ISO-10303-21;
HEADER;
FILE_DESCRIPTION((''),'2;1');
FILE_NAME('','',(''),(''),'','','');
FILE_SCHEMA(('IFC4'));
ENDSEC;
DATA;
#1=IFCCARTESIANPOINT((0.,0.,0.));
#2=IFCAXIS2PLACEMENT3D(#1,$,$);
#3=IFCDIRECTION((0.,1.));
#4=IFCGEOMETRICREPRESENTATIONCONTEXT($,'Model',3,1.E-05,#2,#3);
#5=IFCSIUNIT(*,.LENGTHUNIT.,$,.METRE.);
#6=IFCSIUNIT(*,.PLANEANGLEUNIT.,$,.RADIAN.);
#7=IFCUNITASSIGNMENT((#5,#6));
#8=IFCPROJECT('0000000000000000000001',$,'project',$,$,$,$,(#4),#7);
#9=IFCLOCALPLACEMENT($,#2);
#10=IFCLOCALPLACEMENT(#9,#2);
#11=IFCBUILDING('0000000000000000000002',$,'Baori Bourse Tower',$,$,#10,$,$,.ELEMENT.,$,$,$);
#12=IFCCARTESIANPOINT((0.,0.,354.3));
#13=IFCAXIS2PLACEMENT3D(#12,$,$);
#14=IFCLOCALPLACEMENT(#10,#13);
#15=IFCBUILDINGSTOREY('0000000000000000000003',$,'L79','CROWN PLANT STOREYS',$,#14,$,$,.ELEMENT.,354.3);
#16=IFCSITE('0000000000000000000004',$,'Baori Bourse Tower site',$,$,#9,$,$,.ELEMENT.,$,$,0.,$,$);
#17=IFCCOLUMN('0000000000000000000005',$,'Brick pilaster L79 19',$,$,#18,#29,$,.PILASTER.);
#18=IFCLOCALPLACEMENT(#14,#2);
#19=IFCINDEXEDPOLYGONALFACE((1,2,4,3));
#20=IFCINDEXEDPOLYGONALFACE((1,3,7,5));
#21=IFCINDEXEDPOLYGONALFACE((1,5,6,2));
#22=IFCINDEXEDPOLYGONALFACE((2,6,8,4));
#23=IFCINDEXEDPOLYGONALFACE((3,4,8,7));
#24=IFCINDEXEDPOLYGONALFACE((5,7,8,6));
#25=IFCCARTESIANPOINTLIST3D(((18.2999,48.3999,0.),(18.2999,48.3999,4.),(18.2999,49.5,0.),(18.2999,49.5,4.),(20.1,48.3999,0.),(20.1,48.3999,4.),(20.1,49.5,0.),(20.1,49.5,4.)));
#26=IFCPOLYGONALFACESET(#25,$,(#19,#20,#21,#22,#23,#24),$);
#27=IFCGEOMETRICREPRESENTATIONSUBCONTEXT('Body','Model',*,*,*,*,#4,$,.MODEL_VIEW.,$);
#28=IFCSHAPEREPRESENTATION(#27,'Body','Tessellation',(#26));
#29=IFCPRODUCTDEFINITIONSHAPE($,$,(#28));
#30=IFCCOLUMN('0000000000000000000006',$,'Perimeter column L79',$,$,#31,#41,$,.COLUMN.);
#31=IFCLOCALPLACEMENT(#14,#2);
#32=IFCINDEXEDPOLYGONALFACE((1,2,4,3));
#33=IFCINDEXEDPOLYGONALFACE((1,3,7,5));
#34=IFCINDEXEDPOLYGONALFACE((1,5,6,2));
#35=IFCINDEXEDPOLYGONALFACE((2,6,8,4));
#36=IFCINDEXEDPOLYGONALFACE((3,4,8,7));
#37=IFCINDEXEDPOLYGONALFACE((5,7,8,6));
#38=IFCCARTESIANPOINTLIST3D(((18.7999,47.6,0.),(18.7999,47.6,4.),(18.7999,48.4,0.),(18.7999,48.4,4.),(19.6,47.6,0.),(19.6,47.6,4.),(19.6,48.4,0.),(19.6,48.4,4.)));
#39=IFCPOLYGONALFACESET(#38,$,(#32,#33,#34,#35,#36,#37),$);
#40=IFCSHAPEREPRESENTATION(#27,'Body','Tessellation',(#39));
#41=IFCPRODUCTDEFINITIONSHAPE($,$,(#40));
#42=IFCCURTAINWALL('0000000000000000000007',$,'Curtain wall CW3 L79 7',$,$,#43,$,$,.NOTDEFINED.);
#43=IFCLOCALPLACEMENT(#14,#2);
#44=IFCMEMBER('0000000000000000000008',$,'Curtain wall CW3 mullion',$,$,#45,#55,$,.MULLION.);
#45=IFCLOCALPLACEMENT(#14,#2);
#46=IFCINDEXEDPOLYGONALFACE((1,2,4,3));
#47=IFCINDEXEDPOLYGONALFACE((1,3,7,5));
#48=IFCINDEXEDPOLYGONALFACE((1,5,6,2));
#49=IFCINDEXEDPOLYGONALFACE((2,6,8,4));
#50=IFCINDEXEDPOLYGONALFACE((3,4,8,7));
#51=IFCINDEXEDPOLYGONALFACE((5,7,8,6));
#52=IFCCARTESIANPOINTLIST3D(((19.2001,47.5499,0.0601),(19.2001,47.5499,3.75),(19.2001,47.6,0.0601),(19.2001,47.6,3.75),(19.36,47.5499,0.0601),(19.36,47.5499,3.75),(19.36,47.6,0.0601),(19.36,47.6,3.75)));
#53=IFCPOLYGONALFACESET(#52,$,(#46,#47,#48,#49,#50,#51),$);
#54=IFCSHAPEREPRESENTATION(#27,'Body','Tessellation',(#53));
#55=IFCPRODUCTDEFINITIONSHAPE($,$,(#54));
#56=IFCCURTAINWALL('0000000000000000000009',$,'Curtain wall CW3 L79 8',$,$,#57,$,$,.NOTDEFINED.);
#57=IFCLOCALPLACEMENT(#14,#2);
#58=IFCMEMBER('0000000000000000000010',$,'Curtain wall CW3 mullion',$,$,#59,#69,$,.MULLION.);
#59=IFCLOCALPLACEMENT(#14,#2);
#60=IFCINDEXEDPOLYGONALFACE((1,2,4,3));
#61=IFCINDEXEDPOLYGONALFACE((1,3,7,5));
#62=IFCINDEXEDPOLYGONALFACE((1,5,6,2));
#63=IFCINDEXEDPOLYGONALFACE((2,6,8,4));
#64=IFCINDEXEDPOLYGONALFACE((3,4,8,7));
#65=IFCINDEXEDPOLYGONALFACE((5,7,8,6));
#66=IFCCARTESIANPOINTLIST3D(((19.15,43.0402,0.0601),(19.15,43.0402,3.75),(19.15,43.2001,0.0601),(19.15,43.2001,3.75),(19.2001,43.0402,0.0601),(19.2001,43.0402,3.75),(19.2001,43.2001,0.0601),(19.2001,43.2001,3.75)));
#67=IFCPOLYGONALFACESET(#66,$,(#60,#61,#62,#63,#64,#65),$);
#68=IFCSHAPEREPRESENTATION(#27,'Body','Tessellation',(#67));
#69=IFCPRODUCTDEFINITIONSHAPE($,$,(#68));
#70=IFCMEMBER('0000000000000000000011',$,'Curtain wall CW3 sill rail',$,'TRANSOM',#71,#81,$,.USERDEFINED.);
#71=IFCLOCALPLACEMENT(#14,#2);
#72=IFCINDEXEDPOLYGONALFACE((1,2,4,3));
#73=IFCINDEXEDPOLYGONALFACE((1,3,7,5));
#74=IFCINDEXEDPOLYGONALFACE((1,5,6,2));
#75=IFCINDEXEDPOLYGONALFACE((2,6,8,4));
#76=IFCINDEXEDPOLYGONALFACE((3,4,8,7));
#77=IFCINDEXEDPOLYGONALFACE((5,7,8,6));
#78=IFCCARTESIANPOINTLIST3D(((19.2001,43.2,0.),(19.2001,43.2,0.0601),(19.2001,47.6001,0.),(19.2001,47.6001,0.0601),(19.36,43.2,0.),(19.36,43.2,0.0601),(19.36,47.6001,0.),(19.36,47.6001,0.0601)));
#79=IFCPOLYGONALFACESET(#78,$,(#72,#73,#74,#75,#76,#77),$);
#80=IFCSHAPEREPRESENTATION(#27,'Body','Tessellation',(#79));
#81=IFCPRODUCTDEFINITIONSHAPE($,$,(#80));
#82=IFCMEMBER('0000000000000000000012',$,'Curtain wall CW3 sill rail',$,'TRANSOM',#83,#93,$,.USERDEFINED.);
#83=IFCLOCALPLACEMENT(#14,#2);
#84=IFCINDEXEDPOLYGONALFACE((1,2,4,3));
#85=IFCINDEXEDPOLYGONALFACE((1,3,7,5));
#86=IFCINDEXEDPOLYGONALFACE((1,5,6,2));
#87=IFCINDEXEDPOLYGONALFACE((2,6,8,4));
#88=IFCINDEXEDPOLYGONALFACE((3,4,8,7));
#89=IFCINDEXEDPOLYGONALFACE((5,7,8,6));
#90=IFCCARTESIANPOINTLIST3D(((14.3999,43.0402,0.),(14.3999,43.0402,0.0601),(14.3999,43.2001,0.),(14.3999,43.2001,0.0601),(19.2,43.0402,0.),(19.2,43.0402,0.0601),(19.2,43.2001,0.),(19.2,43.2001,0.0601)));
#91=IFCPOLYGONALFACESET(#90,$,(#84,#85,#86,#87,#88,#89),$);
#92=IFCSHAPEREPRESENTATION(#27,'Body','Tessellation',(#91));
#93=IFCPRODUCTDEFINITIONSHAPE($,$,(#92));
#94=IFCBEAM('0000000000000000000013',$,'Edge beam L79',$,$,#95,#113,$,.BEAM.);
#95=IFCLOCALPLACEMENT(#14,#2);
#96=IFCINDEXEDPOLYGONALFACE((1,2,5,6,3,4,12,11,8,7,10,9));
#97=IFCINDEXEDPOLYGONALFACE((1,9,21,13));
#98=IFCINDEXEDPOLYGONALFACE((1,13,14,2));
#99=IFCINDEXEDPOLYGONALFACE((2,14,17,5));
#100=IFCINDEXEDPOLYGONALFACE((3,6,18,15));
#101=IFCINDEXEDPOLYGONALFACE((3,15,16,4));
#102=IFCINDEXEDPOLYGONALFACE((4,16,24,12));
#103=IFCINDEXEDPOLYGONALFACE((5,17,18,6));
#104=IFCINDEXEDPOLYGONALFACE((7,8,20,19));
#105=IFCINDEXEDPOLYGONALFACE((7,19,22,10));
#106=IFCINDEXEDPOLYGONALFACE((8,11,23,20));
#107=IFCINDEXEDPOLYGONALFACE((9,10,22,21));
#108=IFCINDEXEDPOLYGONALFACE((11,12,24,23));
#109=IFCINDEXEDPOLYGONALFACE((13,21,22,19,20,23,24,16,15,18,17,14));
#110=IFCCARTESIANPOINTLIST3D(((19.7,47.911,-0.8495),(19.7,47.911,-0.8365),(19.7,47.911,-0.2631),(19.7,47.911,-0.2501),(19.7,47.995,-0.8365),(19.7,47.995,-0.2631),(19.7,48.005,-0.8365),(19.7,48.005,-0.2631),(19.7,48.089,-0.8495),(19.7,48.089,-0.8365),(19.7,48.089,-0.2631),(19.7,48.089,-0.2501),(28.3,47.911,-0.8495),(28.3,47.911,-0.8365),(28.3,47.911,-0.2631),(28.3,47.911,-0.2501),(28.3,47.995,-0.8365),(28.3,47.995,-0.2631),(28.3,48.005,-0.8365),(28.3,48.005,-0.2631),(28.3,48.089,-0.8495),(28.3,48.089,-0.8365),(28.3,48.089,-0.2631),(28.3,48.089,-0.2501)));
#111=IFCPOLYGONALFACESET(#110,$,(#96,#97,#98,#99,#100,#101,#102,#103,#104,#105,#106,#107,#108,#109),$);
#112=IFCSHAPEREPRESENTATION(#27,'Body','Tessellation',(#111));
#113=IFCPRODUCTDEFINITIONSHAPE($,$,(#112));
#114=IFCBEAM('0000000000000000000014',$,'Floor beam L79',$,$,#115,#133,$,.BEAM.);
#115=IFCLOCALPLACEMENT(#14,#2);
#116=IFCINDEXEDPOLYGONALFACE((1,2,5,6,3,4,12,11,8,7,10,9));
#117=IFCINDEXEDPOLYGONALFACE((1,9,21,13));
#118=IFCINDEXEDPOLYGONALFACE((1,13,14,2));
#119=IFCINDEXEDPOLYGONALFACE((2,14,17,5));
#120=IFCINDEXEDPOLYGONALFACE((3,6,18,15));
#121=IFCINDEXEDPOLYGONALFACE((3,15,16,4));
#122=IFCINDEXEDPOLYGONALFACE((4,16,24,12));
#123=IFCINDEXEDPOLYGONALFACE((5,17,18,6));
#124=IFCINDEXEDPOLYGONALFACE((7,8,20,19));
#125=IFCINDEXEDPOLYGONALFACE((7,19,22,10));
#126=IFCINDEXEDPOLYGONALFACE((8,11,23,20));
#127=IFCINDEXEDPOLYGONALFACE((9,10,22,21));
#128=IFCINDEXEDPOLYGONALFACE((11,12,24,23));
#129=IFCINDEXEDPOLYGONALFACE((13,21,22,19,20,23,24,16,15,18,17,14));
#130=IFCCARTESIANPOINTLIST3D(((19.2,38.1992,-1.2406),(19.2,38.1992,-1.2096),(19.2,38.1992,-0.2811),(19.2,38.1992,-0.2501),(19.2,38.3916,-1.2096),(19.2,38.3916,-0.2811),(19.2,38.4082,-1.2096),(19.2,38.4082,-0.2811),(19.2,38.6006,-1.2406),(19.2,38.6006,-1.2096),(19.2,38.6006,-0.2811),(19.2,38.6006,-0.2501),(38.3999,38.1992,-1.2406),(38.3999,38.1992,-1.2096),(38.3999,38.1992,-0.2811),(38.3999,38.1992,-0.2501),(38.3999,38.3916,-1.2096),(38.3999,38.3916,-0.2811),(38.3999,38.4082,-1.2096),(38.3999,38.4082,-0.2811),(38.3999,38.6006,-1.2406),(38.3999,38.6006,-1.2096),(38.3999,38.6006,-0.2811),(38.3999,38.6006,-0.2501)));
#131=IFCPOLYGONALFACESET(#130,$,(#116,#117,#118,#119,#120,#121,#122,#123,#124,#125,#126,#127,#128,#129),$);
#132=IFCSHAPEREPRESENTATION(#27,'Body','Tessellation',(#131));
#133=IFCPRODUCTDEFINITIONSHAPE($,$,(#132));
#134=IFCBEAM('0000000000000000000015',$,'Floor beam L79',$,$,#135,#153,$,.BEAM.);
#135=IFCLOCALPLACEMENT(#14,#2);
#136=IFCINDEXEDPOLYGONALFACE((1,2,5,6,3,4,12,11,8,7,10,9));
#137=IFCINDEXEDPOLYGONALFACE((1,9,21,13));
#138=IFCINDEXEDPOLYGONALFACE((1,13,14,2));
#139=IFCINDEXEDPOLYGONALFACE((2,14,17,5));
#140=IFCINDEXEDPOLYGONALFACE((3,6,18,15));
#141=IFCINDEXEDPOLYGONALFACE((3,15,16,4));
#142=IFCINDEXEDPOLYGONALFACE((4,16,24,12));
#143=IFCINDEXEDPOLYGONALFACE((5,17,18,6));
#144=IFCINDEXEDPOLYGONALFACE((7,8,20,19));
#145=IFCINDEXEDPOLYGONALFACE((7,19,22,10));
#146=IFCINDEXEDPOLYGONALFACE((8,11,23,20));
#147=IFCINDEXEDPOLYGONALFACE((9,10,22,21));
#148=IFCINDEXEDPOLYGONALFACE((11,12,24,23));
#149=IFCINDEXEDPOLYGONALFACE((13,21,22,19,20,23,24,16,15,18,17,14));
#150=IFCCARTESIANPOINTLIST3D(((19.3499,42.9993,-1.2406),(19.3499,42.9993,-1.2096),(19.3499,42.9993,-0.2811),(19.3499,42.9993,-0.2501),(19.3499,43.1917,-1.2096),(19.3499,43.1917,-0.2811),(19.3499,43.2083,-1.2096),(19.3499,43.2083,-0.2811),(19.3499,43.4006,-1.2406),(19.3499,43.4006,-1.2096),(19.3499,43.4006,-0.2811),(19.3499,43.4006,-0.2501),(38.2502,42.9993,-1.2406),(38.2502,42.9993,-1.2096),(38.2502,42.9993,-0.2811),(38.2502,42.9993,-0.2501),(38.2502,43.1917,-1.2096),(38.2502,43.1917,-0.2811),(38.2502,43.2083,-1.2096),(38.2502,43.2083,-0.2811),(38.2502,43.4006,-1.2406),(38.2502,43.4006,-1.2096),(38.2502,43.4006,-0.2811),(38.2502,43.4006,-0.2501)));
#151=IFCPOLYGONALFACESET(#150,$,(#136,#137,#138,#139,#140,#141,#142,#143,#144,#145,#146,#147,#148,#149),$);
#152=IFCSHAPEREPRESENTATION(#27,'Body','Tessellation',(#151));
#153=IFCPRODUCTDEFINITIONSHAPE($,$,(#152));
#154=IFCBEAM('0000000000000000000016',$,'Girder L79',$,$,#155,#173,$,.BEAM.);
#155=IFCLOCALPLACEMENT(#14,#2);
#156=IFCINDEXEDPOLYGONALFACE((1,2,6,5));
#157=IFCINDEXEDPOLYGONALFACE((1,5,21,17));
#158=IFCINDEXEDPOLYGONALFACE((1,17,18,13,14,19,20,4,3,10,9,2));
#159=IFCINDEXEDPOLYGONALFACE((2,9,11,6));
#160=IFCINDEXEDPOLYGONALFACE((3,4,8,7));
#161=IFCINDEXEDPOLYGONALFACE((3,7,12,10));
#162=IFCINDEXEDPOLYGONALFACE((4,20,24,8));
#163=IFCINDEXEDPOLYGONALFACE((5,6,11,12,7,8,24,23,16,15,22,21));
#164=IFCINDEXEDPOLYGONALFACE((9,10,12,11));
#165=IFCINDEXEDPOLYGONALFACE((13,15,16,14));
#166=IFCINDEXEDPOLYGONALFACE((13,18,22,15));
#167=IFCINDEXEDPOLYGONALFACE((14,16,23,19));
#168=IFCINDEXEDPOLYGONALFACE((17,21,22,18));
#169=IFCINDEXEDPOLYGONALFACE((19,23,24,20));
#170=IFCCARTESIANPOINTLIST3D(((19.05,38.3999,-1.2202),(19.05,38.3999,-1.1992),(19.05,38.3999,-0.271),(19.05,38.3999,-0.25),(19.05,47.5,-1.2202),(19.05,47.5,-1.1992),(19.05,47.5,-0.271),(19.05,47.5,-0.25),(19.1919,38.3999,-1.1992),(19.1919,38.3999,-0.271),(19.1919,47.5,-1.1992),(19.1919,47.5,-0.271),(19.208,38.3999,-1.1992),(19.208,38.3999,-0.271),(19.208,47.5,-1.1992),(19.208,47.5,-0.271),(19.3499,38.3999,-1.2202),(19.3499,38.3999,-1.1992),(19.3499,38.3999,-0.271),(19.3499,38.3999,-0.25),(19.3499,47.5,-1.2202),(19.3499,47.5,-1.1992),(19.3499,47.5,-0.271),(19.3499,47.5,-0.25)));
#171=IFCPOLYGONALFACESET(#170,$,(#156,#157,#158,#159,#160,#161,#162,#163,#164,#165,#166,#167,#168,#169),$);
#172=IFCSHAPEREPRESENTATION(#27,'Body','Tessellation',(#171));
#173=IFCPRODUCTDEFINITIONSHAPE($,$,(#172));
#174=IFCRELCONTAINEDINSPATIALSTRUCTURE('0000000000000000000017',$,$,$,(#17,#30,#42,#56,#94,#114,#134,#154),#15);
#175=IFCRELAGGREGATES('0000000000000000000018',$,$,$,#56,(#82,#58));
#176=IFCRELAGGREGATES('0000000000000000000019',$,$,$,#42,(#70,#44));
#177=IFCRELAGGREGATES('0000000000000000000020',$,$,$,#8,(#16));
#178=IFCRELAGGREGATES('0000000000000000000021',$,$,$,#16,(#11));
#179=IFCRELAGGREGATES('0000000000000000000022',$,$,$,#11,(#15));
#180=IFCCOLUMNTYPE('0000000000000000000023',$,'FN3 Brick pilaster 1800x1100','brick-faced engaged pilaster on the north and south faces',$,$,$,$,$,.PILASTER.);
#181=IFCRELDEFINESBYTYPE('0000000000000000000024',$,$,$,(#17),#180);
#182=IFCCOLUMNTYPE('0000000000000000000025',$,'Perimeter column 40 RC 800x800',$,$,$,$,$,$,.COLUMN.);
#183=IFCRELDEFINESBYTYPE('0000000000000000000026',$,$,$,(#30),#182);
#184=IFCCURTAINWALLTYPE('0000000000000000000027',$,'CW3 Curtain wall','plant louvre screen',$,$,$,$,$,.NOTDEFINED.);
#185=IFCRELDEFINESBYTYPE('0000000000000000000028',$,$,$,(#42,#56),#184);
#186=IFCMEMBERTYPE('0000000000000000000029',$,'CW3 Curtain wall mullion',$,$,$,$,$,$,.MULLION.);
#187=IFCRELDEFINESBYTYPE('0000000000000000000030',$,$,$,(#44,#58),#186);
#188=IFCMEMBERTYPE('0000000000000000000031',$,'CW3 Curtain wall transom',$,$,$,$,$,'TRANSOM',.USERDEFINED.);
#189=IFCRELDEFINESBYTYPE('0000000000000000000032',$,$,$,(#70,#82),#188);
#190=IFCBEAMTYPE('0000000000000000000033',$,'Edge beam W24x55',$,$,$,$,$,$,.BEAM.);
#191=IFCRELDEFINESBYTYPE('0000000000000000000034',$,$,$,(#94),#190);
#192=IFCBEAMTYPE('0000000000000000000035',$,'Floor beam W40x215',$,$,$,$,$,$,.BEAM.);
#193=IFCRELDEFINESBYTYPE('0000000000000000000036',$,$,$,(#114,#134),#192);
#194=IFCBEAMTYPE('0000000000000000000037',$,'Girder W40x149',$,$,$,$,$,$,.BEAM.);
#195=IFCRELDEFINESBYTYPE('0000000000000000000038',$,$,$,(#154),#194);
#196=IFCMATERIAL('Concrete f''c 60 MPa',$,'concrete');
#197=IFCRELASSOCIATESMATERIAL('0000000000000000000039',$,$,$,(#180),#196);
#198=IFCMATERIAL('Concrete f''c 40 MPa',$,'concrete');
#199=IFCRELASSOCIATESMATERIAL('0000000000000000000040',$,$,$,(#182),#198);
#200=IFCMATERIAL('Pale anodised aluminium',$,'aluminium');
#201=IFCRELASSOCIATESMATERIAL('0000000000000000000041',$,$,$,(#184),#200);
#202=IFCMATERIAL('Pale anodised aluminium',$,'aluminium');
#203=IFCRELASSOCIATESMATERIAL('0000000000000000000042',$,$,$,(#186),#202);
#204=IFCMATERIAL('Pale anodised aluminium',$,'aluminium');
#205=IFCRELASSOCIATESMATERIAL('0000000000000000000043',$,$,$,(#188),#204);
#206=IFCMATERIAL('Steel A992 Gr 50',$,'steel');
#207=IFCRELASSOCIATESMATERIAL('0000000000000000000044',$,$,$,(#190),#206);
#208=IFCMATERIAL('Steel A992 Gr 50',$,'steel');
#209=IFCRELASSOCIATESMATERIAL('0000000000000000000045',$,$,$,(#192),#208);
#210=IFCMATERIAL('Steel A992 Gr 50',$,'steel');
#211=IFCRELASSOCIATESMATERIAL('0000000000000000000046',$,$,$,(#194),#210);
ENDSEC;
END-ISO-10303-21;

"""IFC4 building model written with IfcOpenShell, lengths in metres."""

from ifc_helpers import new_model, si_unit, direction, frame, origin, origin_2d, place, context, subcontext, project, spatial, rectangle, i_section, extrude, material, material_profile, profile_set, type_object, element, aggregate, save


model = new_model("IFC4")

# Units and contexts
model_context = context("Model", 3, precision=1e-05, world=origin(), true_north=direction((0.0, 1.0)))
body_context = subcontext(model_context, "Body", "Model", "MODEL_VIEW")
ifc_project = project(units=[si_unit("LENGTHUNIT", "METRE"), si_unit("PLANEANGLEUNIT", "RADIAN")], contexts=[model_context])

# Site, building, storey
site_placement = place(None, origin())
site = spatial("IfcSite", under=ifc_project, at=site_placement, Name="Baori Bourse Tower site", CompositionType="ELEMENT", RefElevation=0.0)
building_placement = place(site_placement, origin())
building = spatial("IfcBuilding", under=site, at=building_placement, Name="Baori Bourse Tower", CompositionType="ELEMENT")
storey_placement = place(building_placement, frame((0.0, 0.0, 354.3)))
storey = spatial("IfcBuildingStorey", under=building, at=storey_placement, Name="L79", Description="CROWN PLANT STOREYS", CompositionType="ELEMENT", Elevation=354.3)

# Columns
ifc_material_1 = material(Name="Concrete f'c 60 MPa", Category="concrete")
ifc_material_profile_1 = material_profile(ifc_material_1, rectangle(XDim=1.8, YDim=1.1001, at=origin_2d()), Name="RC 1800x1100")
ifc_profile_set_1 = profile_set([ifc_material_profile_1], Name="Concrete f'c 60 MPa")
column_type_1 = type_object("IfcColumnType", Name="FN3 Brick pilaster 1800x1100", Description="brick-faced engaged pilaster on the north and south faces", PredefinedType="PILASTER", material=ifc_profile_set_1)
column_1_placement = place(storey_placement, frame((19.2, 48.95, 0.0), z_axis=(0.0, 0.0, 1.0), x_axis=(1.0, 0.0, 0.0)))
element("IfcColumn", 1, at=column_1_placement, inside=storey, type_object=column_type_1, Name="Brick pilaster L79 19", PredefinedType="PILASTER", context=body_context, shape_type="SweptSolid", body=[
    extrude(rectangle(XDim=1.8, YDim=1.1001, at=origin_2d()), origin(), (0.0, 0.0, 1.0), 4.0),
])
ifc_material_2 = material(Name="Concrete f'c 40 MPa", Category="concrete")
ifc_material_profile_2 = material_profile(ifc_material_2, rectangle(XDim=0.8, YDim=0.8, at=origin_2d()), Name="RC 800x800")
ifc_profile_set_2 = profile_set([ifc_material_profile_2], Name="Concrete f'c 40 MPa")
column_type_2 = type_object("IfcColumnType", Name="Perimeter column 40 RC 800x800", PredefinedType="COLUMN", material=ifc_profile_set_2)
column_2_placement = place(storey_placement, frame((19.2, 48.0, 0.0), z_axis=(0.0, 0.0, 1.0), x_axis=(1.0, 0.0, 0.0)))
element("IfcColumn", 2, at=column_2_placement, inside=storey, type_object=column_type_2, Name="Perimeter column L79", PredefinedType="COLUMN", context=body_context, shape_type="SweptSolid", body=[
    extrude(rectangle(XDim=0.8, YDim=0.8, at=origin_2d()), origin(), (0.0, 0.0, 1.0), 4.0),
])

# Curtain walls, members
ifc_material_3 = material(Name="Pale anodised aluminium", Category="aluminium")
curtain_wall_type = type_object("IfcCurtainWallType", Name="CW3 Curtain wall", Description="plant louvre screen", PredefinedType="NOTDEFINED", material=ifc_material_3)
curtain_wall_1_placement = place(storey_placement, origin())
curtain_wall_1 = element("IfcCurtainWall", 3, at=curtain_wall_1_placement, inside=storey, type_object=curtain_wall_type, Name="Curtain wall CW3 L79 7", PredefinedType="NOTDEFINED")
ifc_material_4 = material(Name="Pale anodised aluminium", Category="aluminium")
ifc_material_profile_3 = material_profile(ifc_material_4, rectangle(XDim=0.1599, YDim=0.05, at=origin_2d()), Name="Mullion 50x160")
ifc_profile_set_3 = profile_set([ifc_material_profile_3], Name="Pale anodised aluminium")
member_type_1 = type_object("IfcMemberType", Name="CW3 Curtain wall mullion", PredefinedType="MULLION", material=ifc_profile_set_3)
member_1_placement = place(storey_placement, frame((19.28, 47.575, 0.0601), z_axis=(0.0, 0.0, 1.0), x_axis=(1.0, 0.0, 0.0)))
member_1 = element("IfcMember", 4, at=member_1_placement, type_object=member_type_1, Name="Curtain wall CW3 mullion", PredefinedType="MULLION", context=body_context, shape_type="SweptSolid", body=[
    extrude(rectangle(XDim=0.1599, YDim=0.05, at=origin_2d()), origin(), (0.0, 0.0, 1.0), 3.6899),
])
curtain_wall_2_placement = place(storey_placement, origin())
curtain_wall_2 = element("IfcCurtainWall", 5, at=curtain_wall_2_placement, inside=storey, type_object=curtain_wall_type, Name="Curtain wall CW3 L79 8", PredefinedType="NOTDEFINED")
member_2_placement = place(storey_placement, frame((19.175, 43.1201, 0.0601), z_axis=(0.0, 0.0, 1.0), x_axis=(0.0, -1.0, 0.0)))
member_2 = element("IfcMember", 6, at=member_2_placement, type_object=member_type_1, Name="Curtain wall CW3 mullion", PredefinedType="MULLION", context=body_context, shape_type="SweptSolid", body=[
    extrude(rectangle(XDim=0.1599, YDim=0.05, at=origin_2d()), origin(), (0.0, 0.0, 1.0), 3.6899),
])

# Members
ifc_material_5 = material(Name="Pale anodised aluminium", Category="aluminium")
ifc_material_profile_4 = material_profile(ifc_material_5, rectangle(XDim=0.1599, YDim=0.0601, at=origin_2d()), Name="Transom 60x160")
ifc_profile_set_4 = profile_set([ifc_material_profile_4], Name="Pale anodised aluminium")
member_type_2 = type_object("IfcMemberType", Name="CW3 Curtain wall transom", ElementType="TRANSOM", PredefinedType="USERDEFINED", material=ifc_profile_set_4)
member_3_placement = place(storey_placement, frame((19.28, 47.6001, 0.03), z_axis=(0.0, -1.0, 0.0), x_axis=(1.0, 0.0, 0.0)))
member_3 = element("IfcMember", 7, at=member_3_placement, type_object=member_type_2, Name="Curtain wall CW3 sill rail", ObjectType="TRANSOM", PredefinedType="USERDEFINED", context=body_context, shape_type="SweptSolid", body=[
    extrude(rectangle(XDim=0.1599, YDim=0.0601, at=origin_2d()), origin(), (0.0, 0.0, 1.0), 4.4001),
])
member_4_placement = place(storey_placement, frame((19.2, 43.1201, 0.03), z_axis=(-1.0, 0.0, 0.0), x_axis=(0.0, -1.0, 0.0)))
member_4 = element("IfcMember", 8, at=member_4_placement, type_object=member_type_2, Name="Curtain wall CW3 sill rail", ObjectType="TRANSOM", PredefinedType="USERDEFINED", context=body_context, shape_type="SweptSolid", body=[
    extrude(rectangle(XDim=0.1599, YDim=0.0601, at=origin_2d()), origin(), (0.0, 0.0, 1.0), 4.8),
])
aggregate(curtain_wall_2, [member_4, member_2])

# Beams
ifc_material_6 = material(Name="Steel A992 Gr 50", Category="steel")
ifc_material_profile_5 = material_profile(ifc_material_6, i_section(OverallWidth=0.178, OverallDepth=0.5994, WebThickness=0.01, FlangeThickness=0.0129, at=origin_2d()), Name="W24x55")
ifc_profile_set_5 = profile_set([ifc_material_profile_5], Name="Steel A992 Gr 50")
beam_type_1 = type_object("IfcBeamType", Name="Edge beam W24x55", PredefinedType="BEAM", material=ifc_profile_set_5)
beam_1_placement = place(storey_placement, frame((19.7, 48.0, -0.5498), z_axis=(1.0, 0.0, 0.0), x_axis=(0.0, 1.0, 0.0)))
element("IfcBeam", 9, at=beam_1_placement, inside=storey, type_object=beam_type_1, Name="Edge beam L79", PredefinedType="BEAM", context=body_context, shape_type="SweptSolid", body=[
    extrude(i_section(OverallWidth=0.178, OverallDepth=0.5994, WebThickness=0.01, FlangeThickness=0.0129, at=origin_2d()), origin(), (0.0, 0.0, 1.0), 8.6001),
])
ifc_material_7 = material(Name="Steel A992 Gr 50", Category="steel")
ifc_material_profile_6 = material_profile(ifc_material_7, i_section(OverallWidth=0.4014, OverallDepth=0.9905, WebThickness=0.0166, FlangeThickness=0.031, at=origin_2d()), Name="W40x215")
ifc_profile_set_6 = profile_set([ifc_material_profile_6], Name="Steel A992 Gr 50")
beam_type_2 = type_object("IfcBeamType", Name="Floor beam W40x215", PredefinedType="BEAM", material=ifc_profile_set_6)
beam_2_placement = place(storey_placement, frame((19.2, 38.3999, -0.7454), z_axis=(1.0, 0.0, 0.0), x_axis=(0.0, 1.0, 0.0)))
element("IfcBeam", 10, at=beam_2_placement, inside=storey, type_object=beam_type_2, Name="Floor beam L79", PredefinedType="BEAM", context=body_context, shape_type="SweptSolid", body=[
    extrude(i_section(OverallWidth=0.4014, OverallDepth=0.9905, WebThickness=0.0166, FlangeThickness=0.031, at=origin_2d()), origin(), (0.0, 0.0, 1.0), 19.2),
])
beam_3_placement = place(storey_placement, frame((19.3499, 43.2, -0.7454), z_axis=(1.0, 0.0, 0.0), x_axis=(0.0, 1.0, 0.0)))
element("IfcBeam", 11, at=beam_3_placement, inside=storey, type_object=beam_type_2, Name="Floor beam L79", PredefinedType="BEAM", context=body_context, shape_type="SweptSolid", body=[
    extrude(i_section(OverallWidth=0.4014, OverallDepth=0.9905, WebThickness=0.0166, FlangeThickness=0.031, at=origin_2d()), origin(), (0.0, 0.0, 1.0), 18.9004),
])
ifc_material_8 = material(Name="Steel A992 Gr 50", Category="steel")
ifc_material_profile_7 = material_profile(ifc_material_8, i_section(OverallWidth=0.2998, OverallDepth=0.9702, WebThickness=0.0161, FlangeThickness=0.021, at=origin_2d()), Name="W40x149")
ifc_profile_set_7 = profile_set([ifc_material_profile_7], Name="Steel A992 Gr 50")
beam_type_3 = type_object("IfcBeamType", Name="Girder W40x149", PredefinedType="BEAM", material=ifc_profile_set_7)
beam_4_placement = place(storey_placement, frame((19.2, 38.3999, -0.7351), z_axis=(0.0, 1.0, 0.0), x_axis=(-1.0, 0.0, 0.0)))
element("IfcBeam", 12, at=beam_4_placement, inside=storey, type_object=beam_type_3, Name="Girder L79", PredefinedType="BEAM", context=body_context, shape_type="SweptSolid", body=[
    extrude(i_section(OverallWidth=0.2998, OverallDepth=0.9702, WebThickness=0.0161, FlangeThickness=0.021, at=origin_2d()), origin(), (0.0, 0.0, 1.0), 9.1001),
])

aggregate(curtain_wall_1, [member_3, member_1])

save(model, "model.ifc")
